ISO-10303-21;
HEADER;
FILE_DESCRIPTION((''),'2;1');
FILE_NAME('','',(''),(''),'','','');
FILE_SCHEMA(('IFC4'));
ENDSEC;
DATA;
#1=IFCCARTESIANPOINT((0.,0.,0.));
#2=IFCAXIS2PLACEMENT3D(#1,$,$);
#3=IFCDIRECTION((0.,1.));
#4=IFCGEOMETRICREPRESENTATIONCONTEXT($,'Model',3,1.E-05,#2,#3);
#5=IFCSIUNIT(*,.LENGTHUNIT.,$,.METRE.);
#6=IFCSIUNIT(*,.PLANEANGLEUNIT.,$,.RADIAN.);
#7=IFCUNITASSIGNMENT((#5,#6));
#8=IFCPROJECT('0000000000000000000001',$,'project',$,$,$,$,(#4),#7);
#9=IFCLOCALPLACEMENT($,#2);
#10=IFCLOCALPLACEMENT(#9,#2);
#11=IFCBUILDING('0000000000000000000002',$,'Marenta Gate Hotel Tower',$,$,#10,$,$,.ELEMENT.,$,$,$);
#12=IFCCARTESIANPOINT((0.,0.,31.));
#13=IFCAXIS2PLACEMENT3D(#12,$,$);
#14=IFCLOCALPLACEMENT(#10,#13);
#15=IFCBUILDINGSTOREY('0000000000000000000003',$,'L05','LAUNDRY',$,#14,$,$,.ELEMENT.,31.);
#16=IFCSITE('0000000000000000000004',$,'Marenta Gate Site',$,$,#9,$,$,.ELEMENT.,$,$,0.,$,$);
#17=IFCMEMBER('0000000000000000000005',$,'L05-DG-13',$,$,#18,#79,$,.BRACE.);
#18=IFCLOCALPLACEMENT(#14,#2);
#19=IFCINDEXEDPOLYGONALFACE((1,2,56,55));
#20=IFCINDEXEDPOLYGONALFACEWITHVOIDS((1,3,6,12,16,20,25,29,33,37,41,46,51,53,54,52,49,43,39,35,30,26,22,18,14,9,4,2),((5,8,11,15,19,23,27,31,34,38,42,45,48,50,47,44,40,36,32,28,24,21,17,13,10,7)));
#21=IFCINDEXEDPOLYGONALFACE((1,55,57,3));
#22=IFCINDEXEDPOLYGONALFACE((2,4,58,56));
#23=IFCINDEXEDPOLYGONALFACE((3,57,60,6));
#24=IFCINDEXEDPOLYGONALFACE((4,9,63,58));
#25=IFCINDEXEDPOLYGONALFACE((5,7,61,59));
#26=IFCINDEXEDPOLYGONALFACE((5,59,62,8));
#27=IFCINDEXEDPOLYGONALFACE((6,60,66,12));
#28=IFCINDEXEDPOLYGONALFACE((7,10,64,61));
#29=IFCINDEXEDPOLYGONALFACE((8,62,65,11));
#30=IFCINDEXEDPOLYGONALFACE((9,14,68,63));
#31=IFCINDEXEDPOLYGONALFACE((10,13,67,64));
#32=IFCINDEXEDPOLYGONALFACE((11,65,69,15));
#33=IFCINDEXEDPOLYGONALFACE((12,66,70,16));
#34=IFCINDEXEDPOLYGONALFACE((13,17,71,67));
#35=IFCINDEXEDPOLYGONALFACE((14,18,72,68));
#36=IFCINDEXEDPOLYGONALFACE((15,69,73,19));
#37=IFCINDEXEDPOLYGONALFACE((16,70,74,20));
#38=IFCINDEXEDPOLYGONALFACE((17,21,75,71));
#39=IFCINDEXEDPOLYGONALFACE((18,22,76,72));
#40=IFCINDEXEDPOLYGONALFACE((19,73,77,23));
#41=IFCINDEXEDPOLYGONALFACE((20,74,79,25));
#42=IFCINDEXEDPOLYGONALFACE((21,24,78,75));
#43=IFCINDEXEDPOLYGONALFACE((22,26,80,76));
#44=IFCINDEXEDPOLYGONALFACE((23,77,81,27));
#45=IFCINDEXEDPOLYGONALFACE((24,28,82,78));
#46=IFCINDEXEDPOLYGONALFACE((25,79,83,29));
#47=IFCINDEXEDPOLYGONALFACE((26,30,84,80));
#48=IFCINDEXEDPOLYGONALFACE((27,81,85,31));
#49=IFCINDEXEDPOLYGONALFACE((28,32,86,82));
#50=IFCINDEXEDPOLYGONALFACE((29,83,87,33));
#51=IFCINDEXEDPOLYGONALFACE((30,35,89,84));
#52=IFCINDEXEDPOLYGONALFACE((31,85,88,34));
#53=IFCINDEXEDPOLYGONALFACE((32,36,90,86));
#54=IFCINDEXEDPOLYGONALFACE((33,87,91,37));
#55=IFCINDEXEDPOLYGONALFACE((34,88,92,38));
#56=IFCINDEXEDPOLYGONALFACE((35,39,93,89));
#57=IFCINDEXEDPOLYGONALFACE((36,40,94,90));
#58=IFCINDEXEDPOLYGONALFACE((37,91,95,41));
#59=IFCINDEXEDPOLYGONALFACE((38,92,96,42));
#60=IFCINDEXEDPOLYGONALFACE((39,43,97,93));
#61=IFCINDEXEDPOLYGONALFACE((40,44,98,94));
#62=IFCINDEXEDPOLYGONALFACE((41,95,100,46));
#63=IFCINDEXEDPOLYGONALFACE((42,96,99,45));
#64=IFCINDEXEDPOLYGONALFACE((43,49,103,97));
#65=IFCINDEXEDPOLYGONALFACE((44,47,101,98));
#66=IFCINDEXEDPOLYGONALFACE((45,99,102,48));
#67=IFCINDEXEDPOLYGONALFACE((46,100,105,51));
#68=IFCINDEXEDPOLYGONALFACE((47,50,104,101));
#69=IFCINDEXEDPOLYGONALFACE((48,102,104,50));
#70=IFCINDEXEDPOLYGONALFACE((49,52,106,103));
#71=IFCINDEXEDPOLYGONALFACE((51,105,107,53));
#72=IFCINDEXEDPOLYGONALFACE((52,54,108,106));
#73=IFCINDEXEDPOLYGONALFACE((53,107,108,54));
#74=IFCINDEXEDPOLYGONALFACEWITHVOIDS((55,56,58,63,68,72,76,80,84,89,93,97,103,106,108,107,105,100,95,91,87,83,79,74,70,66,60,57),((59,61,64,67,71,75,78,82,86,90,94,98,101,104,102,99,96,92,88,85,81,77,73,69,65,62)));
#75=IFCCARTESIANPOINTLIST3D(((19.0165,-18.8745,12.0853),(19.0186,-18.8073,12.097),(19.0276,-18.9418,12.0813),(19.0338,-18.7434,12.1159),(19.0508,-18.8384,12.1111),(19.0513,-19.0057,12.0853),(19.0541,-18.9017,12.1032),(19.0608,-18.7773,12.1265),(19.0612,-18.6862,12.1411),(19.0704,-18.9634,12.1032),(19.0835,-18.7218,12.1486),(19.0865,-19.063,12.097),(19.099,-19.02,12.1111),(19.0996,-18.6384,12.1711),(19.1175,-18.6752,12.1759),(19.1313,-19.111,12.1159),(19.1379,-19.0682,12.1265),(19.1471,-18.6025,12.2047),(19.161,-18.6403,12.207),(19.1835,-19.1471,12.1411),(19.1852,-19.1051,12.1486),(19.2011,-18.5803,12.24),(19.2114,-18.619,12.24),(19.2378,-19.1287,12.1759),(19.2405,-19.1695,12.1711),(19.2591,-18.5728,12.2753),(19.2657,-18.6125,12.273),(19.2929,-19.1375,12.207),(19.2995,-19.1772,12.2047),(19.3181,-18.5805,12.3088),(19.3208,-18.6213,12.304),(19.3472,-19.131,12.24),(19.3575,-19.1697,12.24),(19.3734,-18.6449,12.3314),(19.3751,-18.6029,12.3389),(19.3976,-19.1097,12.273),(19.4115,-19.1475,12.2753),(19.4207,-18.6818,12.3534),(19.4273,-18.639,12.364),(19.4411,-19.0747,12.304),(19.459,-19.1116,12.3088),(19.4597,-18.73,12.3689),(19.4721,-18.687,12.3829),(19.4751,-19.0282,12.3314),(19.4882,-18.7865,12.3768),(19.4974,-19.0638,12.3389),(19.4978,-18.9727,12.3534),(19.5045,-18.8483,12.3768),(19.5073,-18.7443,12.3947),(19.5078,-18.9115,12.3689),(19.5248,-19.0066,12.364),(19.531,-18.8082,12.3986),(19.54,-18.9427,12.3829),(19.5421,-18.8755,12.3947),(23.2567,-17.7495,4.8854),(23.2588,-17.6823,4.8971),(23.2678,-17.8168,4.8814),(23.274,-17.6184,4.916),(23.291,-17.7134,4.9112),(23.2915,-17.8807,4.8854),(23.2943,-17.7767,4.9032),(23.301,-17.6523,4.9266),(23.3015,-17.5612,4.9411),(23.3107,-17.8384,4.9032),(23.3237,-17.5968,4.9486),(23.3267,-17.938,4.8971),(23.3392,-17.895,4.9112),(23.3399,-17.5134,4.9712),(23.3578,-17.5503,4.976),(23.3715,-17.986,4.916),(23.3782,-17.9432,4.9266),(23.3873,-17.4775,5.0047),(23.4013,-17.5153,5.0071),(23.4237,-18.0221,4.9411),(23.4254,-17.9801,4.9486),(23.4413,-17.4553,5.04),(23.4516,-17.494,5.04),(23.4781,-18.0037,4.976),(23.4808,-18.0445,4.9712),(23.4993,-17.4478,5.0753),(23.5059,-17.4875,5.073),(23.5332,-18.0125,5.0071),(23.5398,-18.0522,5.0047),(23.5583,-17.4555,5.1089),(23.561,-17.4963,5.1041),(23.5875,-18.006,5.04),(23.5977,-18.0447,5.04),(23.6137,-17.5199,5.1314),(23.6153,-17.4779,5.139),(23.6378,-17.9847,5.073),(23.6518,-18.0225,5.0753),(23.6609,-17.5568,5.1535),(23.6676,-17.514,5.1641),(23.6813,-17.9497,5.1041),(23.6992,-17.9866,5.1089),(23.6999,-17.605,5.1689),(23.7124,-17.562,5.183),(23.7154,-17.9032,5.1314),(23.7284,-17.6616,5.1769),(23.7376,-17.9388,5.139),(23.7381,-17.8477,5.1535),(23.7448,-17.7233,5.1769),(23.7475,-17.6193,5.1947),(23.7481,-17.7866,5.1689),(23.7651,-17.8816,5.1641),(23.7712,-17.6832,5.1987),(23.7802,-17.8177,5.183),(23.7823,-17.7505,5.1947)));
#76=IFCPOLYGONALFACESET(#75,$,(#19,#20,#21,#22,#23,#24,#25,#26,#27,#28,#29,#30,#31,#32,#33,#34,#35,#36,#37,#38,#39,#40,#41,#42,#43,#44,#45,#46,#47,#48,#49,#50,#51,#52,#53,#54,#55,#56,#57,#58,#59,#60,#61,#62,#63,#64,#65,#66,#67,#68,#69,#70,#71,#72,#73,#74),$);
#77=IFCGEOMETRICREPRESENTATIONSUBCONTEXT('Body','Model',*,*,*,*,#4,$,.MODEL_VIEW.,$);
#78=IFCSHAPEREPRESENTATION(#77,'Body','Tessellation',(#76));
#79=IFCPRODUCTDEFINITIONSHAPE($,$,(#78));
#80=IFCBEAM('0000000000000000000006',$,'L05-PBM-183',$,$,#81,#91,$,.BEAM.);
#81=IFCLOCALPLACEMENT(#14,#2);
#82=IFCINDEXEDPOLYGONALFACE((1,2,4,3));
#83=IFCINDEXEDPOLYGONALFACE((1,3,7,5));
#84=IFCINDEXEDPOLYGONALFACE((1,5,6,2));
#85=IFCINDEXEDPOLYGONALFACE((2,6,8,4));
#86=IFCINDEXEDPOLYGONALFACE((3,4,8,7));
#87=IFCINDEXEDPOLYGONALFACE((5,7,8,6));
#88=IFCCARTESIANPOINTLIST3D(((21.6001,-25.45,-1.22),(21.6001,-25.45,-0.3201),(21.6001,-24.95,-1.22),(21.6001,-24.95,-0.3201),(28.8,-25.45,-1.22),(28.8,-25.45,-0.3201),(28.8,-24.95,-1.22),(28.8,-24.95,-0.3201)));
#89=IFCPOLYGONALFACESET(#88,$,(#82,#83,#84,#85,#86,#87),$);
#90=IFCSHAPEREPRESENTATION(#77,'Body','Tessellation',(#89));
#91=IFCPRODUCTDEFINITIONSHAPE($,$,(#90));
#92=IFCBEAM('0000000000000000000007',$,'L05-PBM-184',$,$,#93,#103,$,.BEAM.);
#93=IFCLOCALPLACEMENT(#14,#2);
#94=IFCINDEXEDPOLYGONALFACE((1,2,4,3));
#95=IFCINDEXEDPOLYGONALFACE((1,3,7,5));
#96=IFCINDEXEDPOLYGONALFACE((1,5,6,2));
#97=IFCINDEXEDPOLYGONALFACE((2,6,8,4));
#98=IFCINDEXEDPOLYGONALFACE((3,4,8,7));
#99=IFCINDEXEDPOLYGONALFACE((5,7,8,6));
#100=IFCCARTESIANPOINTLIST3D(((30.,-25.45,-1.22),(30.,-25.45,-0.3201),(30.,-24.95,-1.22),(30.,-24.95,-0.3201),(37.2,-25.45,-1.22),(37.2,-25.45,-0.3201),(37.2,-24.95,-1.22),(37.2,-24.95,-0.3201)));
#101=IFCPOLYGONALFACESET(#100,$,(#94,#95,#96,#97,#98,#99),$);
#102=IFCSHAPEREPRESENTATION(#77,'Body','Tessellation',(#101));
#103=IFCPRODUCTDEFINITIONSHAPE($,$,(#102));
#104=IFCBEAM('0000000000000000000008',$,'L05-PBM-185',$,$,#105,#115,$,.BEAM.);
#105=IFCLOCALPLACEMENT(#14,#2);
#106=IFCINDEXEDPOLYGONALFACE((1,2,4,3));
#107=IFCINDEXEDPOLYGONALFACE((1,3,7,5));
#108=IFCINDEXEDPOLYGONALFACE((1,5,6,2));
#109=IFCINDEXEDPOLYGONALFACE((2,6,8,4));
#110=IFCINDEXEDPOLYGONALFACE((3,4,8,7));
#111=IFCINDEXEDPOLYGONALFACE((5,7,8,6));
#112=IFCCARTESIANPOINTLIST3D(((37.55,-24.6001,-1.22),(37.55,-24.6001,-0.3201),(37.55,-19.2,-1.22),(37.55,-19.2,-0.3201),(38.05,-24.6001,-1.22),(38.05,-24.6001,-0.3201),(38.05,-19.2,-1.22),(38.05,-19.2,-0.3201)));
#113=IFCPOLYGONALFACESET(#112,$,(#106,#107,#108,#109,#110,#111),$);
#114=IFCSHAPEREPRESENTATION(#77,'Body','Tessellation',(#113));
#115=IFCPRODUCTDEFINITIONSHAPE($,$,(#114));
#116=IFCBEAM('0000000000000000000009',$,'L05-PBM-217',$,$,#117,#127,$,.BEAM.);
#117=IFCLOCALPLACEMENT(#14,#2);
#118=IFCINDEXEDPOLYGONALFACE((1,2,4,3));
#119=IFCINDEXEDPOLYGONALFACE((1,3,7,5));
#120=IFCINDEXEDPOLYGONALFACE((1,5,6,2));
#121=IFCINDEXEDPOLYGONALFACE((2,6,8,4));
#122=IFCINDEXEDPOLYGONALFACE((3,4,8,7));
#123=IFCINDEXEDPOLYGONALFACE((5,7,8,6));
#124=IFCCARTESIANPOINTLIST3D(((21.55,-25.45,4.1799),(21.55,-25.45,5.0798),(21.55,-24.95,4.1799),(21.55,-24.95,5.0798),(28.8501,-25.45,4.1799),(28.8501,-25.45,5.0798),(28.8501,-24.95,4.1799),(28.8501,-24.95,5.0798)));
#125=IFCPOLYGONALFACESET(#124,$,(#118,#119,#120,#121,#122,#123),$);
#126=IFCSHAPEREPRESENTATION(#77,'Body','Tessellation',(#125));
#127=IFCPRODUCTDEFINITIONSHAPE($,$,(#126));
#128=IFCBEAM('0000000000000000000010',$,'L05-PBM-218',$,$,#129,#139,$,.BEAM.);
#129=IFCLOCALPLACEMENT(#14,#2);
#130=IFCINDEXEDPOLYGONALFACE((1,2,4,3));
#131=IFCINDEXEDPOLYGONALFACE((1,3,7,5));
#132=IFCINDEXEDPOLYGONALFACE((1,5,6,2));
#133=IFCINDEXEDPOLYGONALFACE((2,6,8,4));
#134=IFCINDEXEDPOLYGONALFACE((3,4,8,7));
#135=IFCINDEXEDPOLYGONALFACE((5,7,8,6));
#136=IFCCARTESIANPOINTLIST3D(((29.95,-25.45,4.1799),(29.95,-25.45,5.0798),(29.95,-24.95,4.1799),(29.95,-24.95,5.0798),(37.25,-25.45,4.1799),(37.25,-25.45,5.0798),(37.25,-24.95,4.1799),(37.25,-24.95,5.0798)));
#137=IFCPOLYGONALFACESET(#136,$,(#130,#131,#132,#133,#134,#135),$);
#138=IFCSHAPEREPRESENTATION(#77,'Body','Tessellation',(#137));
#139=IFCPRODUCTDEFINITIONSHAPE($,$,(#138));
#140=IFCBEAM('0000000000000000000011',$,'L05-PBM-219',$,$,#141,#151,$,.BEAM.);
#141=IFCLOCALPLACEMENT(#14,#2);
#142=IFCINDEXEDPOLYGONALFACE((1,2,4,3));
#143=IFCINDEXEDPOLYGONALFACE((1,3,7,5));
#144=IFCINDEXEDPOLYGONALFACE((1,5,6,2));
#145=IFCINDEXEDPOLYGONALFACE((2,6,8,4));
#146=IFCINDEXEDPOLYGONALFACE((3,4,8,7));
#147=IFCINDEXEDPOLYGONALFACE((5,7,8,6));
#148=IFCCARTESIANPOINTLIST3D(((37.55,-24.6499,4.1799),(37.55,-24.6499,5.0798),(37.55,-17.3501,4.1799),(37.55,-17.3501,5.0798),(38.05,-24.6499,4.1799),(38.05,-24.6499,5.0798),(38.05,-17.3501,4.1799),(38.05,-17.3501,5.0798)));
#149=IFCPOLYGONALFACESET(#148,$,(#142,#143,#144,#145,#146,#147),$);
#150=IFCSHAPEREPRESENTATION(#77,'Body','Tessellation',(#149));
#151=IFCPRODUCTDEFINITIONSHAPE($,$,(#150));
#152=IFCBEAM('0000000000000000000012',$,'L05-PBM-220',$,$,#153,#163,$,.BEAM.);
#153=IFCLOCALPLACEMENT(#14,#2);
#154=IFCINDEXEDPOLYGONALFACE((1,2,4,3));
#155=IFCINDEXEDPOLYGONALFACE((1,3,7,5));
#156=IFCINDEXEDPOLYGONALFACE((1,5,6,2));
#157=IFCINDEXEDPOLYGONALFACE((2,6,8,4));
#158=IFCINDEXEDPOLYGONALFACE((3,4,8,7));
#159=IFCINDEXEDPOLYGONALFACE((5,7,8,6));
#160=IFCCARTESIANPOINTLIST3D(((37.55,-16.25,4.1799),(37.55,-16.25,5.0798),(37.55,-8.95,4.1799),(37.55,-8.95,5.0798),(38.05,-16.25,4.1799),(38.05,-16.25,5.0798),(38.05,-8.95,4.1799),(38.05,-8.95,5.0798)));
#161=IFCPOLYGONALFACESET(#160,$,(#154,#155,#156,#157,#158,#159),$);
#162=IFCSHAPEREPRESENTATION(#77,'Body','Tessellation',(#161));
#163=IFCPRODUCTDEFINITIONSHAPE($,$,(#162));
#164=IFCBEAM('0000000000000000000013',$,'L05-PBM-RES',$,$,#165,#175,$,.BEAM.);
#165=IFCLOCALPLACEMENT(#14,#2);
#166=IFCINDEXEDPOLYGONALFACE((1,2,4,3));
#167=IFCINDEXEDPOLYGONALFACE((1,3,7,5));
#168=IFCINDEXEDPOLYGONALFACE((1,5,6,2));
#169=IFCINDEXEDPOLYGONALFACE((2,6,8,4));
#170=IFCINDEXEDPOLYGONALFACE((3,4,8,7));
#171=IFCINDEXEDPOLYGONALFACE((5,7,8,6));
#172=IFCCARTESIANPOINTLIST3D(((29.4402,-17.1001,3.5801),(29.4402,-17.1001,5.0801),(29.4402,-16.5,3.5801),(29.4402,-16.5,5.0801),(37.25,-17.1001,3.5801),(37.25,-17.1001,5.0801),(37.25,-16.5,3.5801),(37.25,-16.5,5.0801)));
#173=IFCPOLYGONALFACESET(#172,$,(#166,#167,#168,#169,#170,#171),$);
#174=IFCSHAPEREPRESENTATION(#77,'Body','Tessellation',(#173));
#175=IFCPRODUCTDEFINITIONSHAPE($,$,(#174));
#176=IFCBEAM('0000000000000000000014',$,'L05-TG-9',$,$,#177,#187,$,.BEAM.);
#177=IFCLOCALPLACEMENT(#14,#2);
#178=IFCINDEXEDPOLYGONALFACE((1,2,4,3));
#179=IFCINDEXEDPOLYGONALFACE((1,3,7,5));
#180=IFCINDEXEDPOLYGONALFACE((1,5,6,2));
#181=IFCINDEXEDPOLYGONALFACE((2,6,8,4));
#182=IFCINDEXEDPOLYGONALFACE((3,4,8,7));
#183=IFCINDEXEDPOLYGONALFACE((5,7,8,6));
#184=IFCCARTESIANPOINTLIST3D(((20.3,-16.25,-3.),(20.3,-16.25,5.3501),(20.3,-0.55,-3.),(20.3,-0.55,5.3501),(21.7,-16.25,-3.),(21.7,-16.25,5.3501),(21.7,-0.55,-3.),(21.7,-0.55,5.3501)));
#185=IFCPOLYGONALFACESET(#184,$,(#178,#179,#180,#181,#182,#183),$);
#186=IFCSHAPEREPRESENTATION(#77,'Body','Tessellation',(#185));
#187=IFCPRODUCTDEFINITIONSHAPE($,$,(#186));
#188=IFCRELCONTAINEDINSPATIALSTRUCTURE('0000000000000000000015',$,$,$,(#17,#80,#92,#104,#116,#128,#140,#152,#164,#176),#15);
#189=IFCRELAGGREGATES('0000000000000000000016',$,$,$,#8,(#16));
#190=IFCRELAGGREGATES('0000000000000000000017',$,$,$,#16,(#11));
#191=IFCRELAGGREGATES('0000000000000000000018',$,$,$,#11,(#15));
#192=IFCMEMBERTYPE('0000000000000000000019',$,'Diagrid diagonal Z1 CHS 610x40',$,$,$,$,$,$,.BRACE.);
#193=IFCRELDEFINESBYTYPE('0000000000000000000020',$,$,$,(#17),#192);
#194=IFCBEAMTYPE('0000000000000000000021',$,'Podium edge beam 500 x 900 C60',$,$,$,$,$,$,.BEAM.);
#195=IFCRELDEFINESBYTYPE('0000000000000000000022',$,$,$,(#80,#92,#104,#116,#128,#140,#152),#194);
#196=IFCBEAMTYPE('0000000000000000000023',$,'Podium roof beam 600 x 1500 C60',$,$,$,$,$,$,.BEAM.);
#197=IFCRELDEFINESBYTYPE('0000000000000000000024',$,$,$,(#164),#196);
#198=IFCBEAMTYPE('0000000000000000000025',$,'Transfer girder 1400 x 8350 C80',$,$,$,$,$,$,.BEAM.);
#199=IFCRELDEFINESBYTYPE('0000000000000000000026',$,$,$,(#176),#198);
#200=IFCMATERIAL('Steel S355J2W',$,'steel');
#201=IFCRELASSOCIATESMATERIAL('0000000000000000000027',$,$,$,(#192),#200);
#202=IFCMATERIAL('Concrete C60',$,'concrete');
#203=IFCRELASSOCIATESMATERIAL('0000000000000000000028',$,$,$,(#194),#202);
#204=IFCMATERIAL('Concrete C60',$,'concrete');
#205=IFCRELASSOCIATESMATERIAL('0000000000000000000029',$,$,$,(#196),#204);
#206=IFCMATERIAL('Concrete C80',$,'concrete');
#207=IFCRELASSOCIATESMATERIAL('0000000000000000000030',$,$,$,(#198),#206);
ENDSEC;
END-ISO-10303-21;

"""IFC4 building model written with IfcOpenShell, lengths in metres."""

from ifc_helpers import new_model, si_unit, direction, frame, frame_2d, origin, origin_2d, place, context, subcontext, project, spatial, rectangle, hollow_circle, extrude, material, material_profile, profile_set, type_object, element, save


model = new_model("IFC4")

# Units and contexts
model_context = context("Model", 3, precision=1e-05, world=origin(), true_north=direction((0.0, 1.0)))
body_context = subcontext(model_context, "Body", "Model", "MODEL_VIEW")
ifc_project = project(units=[si_unit("LENGTHUNIT", "METRE"), si_unit("PLANEANGLEUNIT", "RADIAN")], contexts=[model_context])

# Site, building, storey
site_placement = place(None, origin())
site = spatial("IfcSite", under=ifc_project, at=site_placement, Name="Marenta Gate Site", CompositionType="ELEMENT", RefElevation=0.0)
building_placement = place(site_placement, origin())
building = spatial("IfcBuilding", under=site, at=building_placement, Name="Marenta Gate Hotel Tower", CompositionType="ELEMENT")
storey_placement = place(building_placement, frame((0.0, 0.0, 31.0)))
storey = spatial("IfcBuildingStorey", under=building, at=storey_placement, Name="L05", Description="LAUNDRY", CompositionType="ELEMENT", Elevation=31.0)

# Member
ifc_material_1 = material(Name="Steel S355J2W", Category="steel")
ifc_material_profile_1 = material_profile(ifc_material_1, hollow_circle(Radius=0.3049, WallThickness=0.04, at=origin_2d()), Name="CHS 610x40")
ifc_profile_set_1 = profile_set([ifc_material_profile_1], Name="Steel S355J2W")
member_type = type_object("IfcMemberType", Name="Diagrid diagonal Z1 CHS 610x40", PredefinedType="BRACE", material=ifc_profile_set_1)
for number, where, z_axis, x_axis, name in (
    (1, (23.5195, -17.75, 5.04), (-0.502924, -0.133434, 0.853969), (0.256443, -0.966559, 0.0), "L05-DG-13"),
):
    element("IfcMember", number, at=place(storey_placement, frame(where, z_axis=z_axis, x_axis=x_axis)), inside=storey, type_object=member_type, Name=name, PredefinedType="BRACE", context=body_context, shape_type="SweptSolid", body=[
        extrude(hollow_circle(Radius=0.3049, WallThickness=0.04, at=origin_2d()), origin(), (0.0, 0.0, 1.0), 8.4312),
    ])

# Beams
ifc_material_2 = material(Name="Concrete C60", Category="concrete")
ifc_material_profile_2 = material_profile(ifc_material_2, rectangle(XDim=0.5, YDim=0.8999, at=origin_2d()), Name="500 x 900")
ifc_profile_set_2 = profile_set([ifc_material_profile_2], Name="Concrete C60")
beam_type_1 = type_object("IfcBeamType", Name="Podium edge beam 500 x 900 C60", PredefinedType="BEAM", material=ifc_profile_set_2)
for number, where, z_axis, x_axis, name in (
    (2, (21.6001, -25.2, -0.77), (1.0, 0.0, 0.0), (0.0, 1.0, 0.0), "L05-PBM-183"),
    (3, (30.0, -25.2, -0.77), (1.0, 0.0, 0.0), (0.0, 1.0, 0.0), "L05-PBM-184"),
):
    element("IfcBeam", number, at=place(storey_placement, frame(where, z_axis=z_axis, x_axis=x_axis)), inside=storey, type_object=beam_type_1, Name=name, PredefinedType="BEAM", context=body_context, shape_type="SweptSolid", body=[
        extrude(rectangle(XDim=0.5, YDim=0.8999, at=origin_2d()), origin(), (0.0, 0.0, 1.0), 7.2),
    ])
beam_1_placement = place(storey_placement, frame((37.8, -24.6001, -0.77), z_axis=(0.0, 1.0, 0.0), x_axis=(-1.0, 0.0, 0.0)))
element("IfcBeam", 4, at=beam_1_placement, inside=storey, type_object=beam_type_1, Name="L05-PBM-185", PredefinedType="BEAM", context=body_context, shape_type="SweptSolid", body=[
    extrude(rectangle(XDim=0.5, YDim=0.8999, at=origin_2d()), origin(), (0.0, 0.0, 1.0), 5.4001),
])
for number, where, z_axis, x_axis, name in (
    (5, (21.55, -25.2, 4.6299), (1.0, 0.0, 0.0), (0.0, 1.0, 0.0), "L05-PBM-217"),
    (6, (29.95, -25.2, 4.6299), (1.0, 0.0, 0.0), (0.0, 1.0, 0.0), "L05-PBM-218"),
):
    element("IfcBeam", number, at=place(storey_placement, frame(where, z_axis=z_axis, x_axis=x_axis)), inside=storey, type_object=beam_type_1, Name=name, PredefinedType="BEAM", context=body_context, shape_type="SweptSolid", body=[
        extrude(rectangle(XDim=0.5, YDim=0.8999, at=origin_2d()), origin(), (0.0, 0.0, 1.0), 7.3),
    ])
beam_2_placement = place(storey_placement, frame((37.8, -24.6499, 4.6299), z_axis=(0.0, 1.0, 0.0), x_axis=(-1.0, 0.0, 0.0)))
element("IfcBeam", 7, at=beam_2_placement, inside=storey, type_object=beam_type_1, Name="L05-PBM-219", PredefinedType="BEAM", context=body_context, shape_type="SweptSolid", body=[
    extrude(rectangle(XDim=0.5, YDim=0.8999, at=origin_2d()), origin(), (0.0, 0.0, 1.0), 7.2998),
])
beam_3_placement = place(storey_placement, frame((37.8, -16.25, 4.6299), z_axis=(0.0, 1.0, 0.0), x_axis=(-1.0, 0.0, 0.0)))
element("IfcBeam", 8, at=beam_3_placement, inside=storey, type_object=beam_type_1, Name="L05-PBM-220", PredefinedType="BEAM", context=body_context, shape_type="SweptSolid", body=[
    extrude(rectangle(XDim=0.5, YDim=0.8999, at=origin_2d()), origin(), (0.0, 0.0, 1.0), 7.3),
])
ifc_material_3 = material(Name="Concrete C60", Category="concrete")
ifc_material_profile_3 = material_profile(ifc_material_3, rectangle(XDim=0.6001, YDim=1.5, at=origin_2d()), Name="600 x 1500")
ifc_profile_set_3 = profile_set([ifc_material_profile_3], Name="Concrete C60")
beam_type_2 = type_object("IfcBeamType", Name="Podium roof beam 600 x 1500 C60", PredefinedType="BEAM", material=ifc_profile_set_3)
beam_4_placement = place(storey_placement, frame((29.4402, -16.8, 4.3301), z_axis=(1.0, 0.0, 0.0), x_axis=(0.0, 1.0, 0.0)))
element("IfcBeam", 9, at=beam_4_placement, inside=storey, type_object=beam_type_2, Name="L05-PBM-RES", PredefinedType="BEAM", context=body_context, shape_type="SweptSolid", body=[
    extrude(rectangle(XDim=0.6001, YDim=1.5, at=origin_2d()), origin(), (0.0, 0.0, 1.0), 7.8098),
])
ifc_material_4 = material(Name="Concrete C80", Category="concrete")
ifc_material_profile_4 = material_profile(ifc_material_4, rectangle(XDim=1.3999, YDim=8.3501, at=origin_2d()), Name="1400 x 8350")
ifc_profile_set_4 = profile_set([ifc_material_profile_4], Name="Concrete C80")
beam_type_3 = type_object("IfcBeamType", Name="Transfer girder 1400 x 8350 C80", PredefinedType="BEAM", material=ifc_profile_set_4)
beam_5_placement = place(storey_placement, frame((21.0, -16.25, 5.3501), z_axis=(0.0, 1.0, 0.0), x_axis=(-1.0, 0.0, 0.0)))
element("IfcBeam", 10, at=beam_5_placement, inside=storey, type_object=beam_type_3, Name="L05-TG-9", PredefinedType="BEAM", context=body_context, shape_type="SweptSolid", body=[
    extrude(rectangle(XDim=1.3999, YDim=8.3501, at=frame_2d((0.0, -4.175))), origin(), (0.0, 0.0, 1.0), 15.7),
])

save(model, "model.ifc")
